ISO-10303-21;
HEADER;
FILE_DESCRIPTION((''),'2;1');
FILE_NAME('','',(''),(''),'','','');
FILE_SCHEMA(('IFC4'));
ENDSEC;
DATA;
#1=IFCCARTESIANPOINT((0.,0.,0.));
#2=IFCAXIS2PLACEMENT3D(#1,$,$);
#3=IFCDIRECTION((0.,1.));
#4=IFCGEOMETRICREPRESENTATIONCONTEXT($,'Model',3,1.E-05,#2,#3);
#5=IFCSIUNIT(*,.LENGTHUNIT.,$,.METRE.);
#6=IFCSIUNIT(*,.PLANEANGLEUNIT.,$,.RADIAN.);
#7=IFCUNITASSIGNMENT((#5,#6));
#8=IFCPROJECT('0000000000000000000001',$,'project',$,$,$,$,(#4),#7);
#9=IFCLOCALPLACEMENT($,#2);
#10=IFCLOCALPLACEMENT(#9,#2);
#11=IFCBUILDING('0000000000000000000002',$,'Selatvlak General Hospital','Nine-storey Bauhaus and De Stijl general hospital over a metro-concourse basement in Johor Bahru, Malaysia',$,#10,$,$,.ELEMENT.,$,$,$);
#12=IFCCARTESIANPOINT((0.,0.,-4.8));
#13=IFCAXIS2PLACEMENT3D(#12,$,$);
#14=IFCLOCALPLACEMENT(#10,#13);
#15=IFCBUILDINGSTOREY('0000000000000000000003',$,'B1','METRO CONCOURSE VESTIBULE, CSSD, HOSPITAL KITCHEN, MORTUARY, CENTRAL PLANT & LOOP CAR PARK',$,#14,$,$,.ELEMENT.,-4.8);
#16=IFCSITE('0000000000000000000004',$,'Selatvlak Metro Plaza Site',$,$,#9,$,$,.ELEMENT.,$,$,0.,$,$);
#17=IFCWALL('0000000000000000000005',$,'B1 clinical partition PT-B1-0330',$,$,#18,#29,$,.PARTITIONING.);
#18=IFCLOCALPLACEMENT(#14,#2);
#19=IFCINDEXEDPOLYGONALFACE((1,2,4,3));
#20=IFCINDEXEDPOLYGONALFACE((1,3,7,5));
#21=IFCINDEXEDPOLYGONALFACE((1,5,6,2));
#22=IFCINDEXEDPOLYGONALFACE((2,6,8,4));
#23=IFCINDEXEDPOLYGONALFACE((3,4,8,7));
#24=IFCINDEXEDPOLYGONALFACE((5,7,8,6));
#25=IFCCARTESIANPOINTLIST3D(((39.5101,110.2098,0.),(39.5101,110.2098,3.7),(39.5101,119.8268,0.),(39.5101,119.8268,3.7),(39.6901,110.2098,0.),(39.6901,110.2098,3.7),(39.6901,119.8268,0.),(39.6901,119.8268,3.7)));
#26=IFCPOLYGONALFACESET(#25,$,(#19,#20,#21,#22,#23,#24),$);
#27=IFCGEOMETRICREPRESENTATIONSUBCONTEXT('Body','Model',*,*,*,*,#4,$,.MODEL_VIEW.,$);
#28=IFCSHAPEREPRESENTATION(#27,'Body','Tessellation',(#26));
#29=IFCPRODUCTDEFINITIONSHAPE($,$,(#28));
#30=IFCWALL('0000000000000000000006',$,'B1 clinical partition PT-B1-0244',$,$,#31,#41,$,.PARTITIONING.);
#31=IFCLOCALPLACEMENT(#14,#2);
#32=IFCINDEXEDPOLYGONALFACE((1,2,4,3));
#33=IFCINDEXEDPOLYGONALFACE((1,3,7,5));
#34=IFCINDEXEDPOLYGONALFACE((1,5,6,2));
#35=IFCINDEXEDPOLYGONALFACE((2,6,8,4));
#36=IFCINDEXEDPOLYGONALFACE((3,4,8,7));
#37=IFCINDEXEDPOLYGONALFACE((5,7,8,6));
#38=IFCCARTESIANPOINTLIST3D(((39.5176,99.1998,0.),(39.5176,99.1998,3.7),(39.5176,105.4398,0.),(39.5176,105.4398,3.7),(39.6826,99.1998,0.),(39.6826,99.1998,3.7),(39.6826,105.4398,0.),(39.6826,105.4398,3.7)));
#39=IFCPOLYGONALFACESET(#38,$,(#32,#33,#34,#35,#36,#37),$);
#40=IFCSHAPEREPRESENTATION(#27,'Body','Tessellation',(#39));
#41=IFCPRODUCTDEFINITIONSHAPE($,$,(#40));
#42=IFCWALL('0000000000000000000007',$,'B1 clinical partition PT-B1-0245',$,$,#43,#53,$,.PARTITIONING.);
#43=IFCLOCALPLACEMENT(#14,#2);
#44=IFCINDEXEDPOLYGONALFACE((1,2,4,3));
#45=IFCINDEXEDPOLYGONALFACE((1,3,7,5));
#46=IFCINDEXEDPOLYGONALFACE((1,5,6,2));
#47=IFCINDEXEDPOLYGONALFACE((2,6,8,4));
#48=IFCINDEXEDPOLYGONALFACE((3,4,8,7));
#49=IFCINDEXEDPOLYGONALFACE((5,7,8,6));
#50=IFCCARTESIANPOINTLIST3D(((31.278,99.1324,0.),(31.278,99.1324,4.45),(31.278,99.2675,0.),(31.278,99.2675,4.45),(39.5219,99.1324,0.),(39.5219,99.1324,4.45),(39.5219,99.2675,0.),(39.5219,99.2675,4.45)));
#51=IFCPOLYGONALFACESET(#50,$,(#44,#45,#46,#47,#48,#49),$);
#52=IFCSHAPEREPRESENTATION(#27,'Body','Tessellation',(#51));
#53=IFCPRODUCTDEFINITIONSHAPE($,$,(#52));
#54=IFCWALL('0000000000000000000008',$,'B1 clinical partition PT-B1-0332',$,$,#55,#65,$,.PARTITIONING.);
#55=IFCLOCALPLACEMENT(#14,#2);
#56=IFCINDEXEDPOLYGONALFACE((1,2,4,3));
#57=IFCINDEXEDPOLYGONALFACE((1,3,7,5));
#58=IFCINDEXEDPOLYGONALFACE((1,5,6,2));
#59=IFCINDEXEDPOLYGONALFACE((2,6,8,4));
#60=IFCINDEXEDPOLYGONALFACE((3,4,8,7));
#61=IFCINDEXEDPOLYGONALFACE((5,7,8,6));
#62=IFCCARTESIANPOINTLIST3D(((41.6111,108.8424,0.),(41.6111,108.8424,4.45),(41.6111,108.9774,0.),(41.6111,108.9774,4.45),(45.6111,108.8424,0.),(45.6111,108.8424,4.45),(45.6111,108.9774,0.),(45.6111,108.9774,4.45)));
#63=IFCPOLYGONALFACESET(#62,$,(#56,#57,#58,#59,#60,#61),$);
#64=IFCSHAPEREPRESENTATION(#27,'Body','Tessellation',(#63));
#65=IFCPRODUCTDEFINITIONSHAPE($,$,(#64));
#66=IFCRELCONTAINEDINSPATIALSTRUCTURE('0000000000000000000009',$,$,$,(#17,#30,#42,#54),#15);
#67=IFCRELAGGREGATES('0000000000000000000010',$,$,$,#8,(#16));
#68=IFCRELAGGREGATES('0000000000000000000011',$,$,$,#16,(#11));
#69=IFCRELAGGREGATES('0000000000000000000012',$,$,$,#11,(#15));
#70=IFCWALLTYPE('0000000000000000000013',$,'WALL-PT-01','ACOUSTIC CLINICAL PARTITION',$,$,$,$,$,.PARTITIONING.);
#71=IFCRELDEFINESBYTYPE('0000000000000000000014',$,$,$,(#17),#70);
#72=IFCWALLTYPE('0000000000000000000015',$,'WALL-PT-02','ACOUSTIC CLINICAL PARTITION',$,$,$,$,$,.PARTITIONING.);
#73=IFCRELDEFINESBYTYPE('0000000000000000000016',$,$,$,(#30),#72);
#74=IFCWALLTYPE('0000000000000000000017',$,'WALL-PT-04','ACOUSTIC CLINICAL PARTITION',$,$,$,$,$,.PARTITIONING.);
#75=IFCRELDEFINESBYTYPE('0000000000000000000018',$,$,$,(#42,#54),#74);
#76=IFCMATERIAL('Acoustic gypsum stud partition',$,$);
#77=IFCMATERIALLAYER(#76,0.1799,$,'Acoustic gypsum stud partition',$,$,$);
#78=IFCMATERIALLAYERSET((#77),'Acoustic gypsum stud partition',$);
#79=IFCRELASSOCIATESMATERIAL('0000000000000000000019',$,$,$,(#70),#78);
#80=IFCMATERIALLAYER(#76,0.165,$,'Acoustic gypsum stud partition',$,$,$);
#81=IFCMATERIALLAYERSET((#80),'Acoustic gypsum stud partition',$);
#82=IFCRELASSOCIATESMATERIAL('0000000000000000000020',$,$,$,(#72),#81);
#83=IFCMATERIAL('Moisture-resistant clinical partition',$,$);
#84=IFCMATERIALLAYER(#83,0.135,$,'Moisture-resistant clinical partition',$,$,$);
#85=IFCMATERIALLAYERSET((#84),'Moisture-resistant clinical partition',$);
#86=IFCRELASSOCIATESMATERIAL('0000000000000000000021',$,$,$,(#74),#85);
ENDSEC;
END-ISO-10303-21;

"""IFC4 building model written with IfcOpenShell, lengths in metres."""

from ifc_helpers import new_model, si_unit, direction, frame, frame_2d, origin, place, context, subcontext, project, spatial, rectangle, extrude, material, layer, layer_set, type_object, element, save


model = new_model("IFC4")

# Units and contexts
model_context = context("Model", 3, precision=1e-05, world=origin(), true_north=direction((0.0, 1.0)))
body_context = subcontext(model_context, "Body", "Model", "MODEL_VIEW")
ifc_project = project(units=[si_unit("LENGTHUNIT", "METRE"), si_unit("PLANEANGLEUNIT", "RADIAN")], contexts=[model_context])

# Site, building, storey
site_placement = place(None, origin())
site = spatial("IfcSite", under=ifc_project, at=site_placement, Name="Selatvlak Metro Plaza Site", CompositionType="ELEMENT", RefElevation=0.0)
building_placement = place(site_placement, origin())
building = spatial("IfcBuilding", under=site, at=building_placement, Name="Selatvlak General Hospital", Description="Nine-storey Bauhaus and De Stijl general hospital over a metro-concourse basement in Johor Bahru, Malaysia", CompositionType="ELEMENT")
storey_placement = place(building_placement, frame((0.0, 0.0, -4.8)))
storey = spatial("IfcBuildingStorey", under=building, at=storey_placement, Name="B1", Description="METRO CONCOURSE VESTIBULE, CSSD, HOSPITAL KITCHEN, MORTUARY, CENTRAL PLANT & LOOP CAR PARK", CompositionType="ELEMENT", Elevation=-4.8)

# Shared definitions
ifc_material_1 = material(Name="Acoustic gypsum stud partition")
ifc_layer_1 = layer(ifc_material_1, 0.1799, Name="Acoustic gypsum stud partition")
ifc_layer_set_1 = layer_set([ifc_layer_1], Name="Acoustic gypsum stud partition")
wall_type_1 = type_object("IfcWallType", Name="WALL-PT-01", Description="ACOUSTIC CLINICAL PARTITION", PredefinedType="PARTITIONING", material=ifc_layer_set_1)

# Walls
wall_1_placement = place(storey_placement, frame((39.6001, 119.8269, 0.0), z_axis=(0.0, 0.0, 1.0), x_axis=(0.0, -1.0, 0.0)))
element("IfcWall", 1, at=wall_1_placement, inside=storey, type_object=wall_type_1, Name="B1 clinical partition PT-B1-0330", PredefinedType="PARTITIONING", context=body_context, shape_type="SweptSolid", body=[
    extrude(rectangle(XDim=9.6169, YDim=0.1799, at=frame_2d((4.8086, 0.0))), origin(), (0.0, 0.0, 1.0), 3.7),
])
ifc_layer_2 = layer(ifc_material_1, 0.165, Name="Acoustic gypsum stud partition")
ifc_layer_set_2 = layer_set([ifc_layer_2], Name="Acoustic gypsum stud partition")
wall_type_2 = type_object("IfcWallType", Name="WALL-PT-02", Description="ACOUSTIC CLINICAL PARTITION", PredefinedType="PARTITIONING", material=ifc_layer_set_2)
wall_2_placement = place(storey_placement, frame((39.6001, 105.4399, 0.0), z_axis=(0.0, 0.0, 1.0), x_axis=(0.0, -1.0, 0.0)))
element("IfcWall", 2, at=wall_2_placement, inside=storey, type_object=wall_type_2, Name="B1 clinical partition PT-B1-0244", PredefinedType="PARTITIONING", context=body_context, shape_type="SweptSolid", body=[
    extrude(rectangle(XDim=6.24, YDim=0.165, at=frame_2d((3.1201, 0.0))), origin(), (0.0, 0.0, 1.0), 3.7),
])

# Wall
ifc_material_2 = material(Name="Moisture-resistant clinical partition")
ifc_layer_3 = layer(ifc_material_2, 0.135, Name="Moisture-resistant clinical partition")
ifc_layer_set_3 = layer_set([ifc_layer_3], Name="Moisture-resistant clinical partition")
wall_type_3 = type_object("IfcWallType", Name="WALL-PT-04", Description="ACOUSTIC CLINICAL PARTITION", PredefinedType="PARTITIONING", material=ifc_layer_set_3)
wall_3_placement = place(storey_placement, frame((39.522, 99.2, 0.0), z_axis=(0.0, 0.0, 1.0), x_axis=(-1.0, 0.0, 0.0)))
element("IfcWall", 3, at=wall_3_placement, inside=storey, type_object=wall_type_3, Name="B1 clinical partition PT-B1-0245", PredefinedType="PARTITIONING", context=body_context, shape_type="SweptSolid", body=[
    extrude(rectangle(XDim=8.2439, YDim=0.135, at=frame_2d((4.1221, 0.0))), origin(), (0.0, 0.0, 1.0), 4.45),
])

# Wall
wall_4_placement = place(storey_placement, frame((45.6111, 108.9099, 0.0), z_axis=(0.0, 0.0, 1.0), x_axis=(-1.0, 0.0, 0.0)))
element("IfcWall", 4, at=wall_4_placement, inside=storey, type_object=wall_type_3, Name="B1 clinical partition PT-B1-0332", PredefinedType="PARTITIONING", context=body_context, shape_type="SweptSolid", body=[
    extrude(rectangle(XDim=4.0, YDim=0.135, at=frame_2d((2.0, 0.0))), origin(), (0.0, 0.0, 1.0), 4.45),
])

save(model, "model.ifc")
